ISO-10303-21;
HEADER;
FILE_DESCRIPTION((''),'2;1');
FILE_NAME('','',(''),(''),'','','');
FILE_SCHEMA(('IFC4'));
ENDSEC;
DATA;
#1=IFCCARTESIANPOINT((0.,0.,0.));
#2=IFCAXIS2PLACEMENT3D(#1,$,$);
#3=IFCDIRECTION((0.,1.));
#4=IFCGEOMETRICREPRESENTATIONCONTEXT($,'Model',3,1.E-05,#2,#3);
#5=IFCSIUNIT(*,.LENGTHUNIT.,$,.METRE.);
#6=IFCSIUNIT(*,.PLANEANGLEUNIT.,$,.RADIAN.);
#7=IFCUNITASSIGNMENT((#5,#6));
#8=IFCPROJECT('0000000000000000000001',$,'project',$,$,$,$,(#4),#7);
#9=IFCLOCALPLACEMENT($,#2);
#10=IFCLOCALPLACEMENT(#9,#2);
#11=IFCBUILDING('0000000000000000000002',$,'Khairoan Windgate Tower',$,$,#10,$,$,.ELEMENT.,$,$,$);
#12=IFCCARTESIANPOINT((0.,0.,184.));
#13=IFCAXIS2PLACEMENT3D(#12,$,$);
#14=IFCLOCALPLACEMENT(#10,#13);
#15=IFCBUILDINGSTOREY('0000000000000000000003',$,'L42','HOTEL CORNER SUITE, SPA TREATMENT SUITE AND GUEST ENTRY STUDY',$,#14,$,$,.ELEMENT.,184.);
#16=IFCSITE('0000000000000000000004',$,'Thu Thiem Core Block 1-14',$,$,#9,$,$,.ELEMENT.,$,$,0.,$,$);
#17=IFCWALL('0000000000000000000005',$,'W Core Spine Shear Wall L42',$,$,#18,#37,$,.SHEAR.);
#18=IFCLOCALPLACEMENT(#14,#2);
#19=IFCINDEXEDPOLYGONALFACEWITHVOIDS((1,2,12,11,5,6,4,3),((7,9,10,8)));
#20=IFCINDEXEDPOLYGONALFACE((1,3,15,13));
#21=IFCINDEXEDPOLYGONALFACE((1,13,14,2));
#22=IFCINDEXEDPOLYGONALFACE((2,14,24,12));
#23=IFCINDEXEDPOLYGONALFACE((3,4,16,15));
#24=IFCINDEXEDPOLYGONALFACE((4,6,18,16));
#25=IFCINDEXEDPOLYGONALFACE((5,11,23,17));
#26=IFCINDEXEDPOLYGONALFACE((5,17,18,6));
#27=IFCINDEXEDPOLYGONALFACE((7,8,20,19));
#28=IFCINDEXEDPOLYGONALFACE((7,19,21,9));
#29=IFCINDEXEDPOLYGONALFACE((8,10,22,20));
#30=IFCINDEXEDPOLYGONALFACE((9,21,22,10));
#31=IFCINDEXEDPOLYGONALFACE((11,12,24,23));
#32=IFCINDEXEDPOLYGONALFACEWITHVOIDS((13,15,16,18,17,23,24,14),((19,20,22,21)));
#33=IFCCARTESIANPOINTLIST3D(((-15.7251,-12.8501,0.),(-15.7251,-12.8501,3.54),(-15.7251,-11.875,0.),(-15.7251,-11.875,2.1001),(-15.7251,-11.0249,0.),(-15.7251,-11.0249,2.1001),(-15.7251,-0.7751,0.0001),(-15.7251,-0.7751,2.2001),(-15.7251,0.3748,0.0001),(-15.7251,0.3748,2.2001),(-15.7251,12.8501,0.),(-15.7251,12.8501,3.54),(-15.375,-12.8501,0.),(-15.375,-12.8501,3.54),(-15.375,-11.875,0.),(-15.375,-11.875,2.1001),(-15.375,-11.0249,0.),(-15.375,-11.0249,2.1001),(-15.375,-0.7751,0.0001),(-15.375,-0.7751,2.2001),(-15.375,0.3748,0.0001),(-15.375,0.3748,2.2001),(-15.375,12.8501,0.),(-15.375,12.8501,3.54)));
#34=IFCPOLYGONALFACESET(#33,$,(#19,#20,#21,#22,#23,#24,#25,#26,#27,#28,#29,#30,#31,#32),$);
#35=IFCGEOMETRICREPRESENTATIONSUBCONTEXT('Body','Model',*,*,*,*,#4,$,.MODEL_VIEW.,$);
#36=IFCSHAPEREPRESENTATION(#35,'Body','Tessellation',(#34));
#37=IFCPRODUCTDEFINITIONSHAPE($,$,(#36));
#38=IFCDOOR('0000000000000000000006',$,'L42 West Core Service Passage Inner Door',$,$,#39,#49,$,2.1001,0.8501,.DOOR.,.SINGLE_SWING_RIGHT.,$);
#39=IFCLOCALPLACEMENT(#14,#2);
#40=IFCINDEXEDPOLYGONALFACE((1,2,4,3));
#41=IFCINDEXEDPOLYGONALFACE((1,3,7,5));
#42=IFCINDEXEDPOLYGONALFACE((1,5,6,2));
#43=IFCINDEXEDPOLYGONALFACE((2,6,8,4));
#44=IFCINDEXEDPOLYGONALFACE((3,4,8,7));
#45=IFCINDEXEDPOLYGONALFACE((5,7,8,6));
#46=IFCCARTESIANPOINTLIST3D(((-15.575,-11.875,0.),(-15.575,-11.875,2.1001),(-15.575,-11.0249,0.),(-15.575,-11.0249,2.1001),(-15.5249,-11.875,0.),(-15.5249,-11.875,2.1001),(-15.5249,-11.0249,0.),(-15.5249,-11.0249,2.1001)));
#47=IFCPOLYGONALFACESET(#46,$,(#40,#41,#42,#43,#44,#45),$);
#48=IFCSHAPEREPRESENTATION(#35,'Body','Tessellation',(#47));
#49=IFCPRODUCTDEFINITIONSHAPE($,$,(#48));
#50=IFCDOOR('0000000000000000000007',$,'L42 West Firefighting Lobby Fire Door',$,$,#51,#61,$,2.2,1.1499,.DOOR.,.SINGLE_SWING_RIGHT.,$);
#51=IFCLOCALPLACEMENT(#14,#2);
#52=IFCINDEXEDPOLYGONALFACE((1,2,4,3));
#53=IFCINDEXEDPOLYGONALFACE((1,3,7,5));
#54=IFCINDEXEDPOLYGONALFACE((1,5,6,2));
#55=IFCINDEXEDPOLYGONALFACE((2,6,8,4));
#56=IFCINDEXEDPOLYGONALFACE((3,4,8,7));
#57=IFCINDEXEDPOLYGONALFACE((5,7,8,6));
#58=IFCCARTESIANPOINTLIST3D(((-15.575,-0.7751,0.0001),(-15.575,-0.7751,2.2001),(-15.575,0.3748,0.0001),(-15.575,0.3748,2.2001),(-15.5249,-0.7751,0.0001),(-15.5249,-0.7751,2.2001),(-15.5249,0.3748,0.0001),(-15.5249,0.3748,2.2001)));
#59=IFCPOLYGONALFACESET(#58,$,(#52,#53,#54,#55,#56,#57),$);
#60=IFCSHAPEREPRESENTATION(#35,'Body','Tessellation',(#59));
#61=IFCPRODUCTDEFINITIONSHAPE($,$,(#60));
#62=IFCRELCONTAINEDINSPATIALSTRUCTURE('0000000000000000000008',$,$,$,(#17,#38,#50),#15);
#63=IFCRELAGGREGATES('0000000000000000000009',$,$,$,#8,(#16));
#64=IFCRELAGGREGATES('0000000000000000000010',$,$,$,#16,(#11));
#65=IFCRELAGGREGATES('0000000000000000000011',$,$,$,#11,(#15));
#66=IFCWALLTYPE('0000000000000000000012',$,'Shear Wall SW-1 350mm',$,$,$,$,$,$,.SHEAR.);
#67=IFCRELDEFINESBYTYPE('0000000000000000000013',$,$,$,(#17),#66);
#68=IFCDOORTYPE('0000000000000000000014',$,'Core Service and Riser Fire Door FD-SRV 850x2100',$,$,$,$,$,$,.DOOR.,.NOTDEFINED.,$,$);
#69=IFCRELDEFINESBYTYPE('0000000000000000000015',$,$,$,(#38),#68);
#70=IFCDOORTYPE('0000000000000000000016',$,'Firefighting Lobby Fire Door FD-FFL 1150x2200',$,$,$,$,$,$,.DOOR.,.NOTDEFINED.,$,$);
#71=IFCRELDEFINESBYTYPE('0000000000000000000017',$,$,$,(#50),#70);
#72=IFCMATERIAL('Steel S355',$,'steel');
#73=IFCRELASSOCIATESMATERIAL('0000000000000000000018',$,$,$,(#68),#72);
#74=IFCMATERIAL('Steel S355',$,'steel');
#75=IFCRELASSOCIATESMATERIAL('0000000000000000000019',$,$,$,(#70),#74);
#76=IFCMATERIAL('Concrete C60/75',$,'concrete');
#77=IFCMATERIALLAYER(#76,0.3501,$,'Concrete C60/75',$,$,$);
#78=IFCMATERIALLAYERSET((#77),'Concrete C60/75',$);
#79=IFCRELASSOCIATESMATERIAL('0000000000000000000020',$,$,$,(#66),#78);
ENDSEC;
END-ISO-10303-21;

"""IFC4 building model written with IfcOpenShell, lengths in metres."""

from ifc_helpers import new_model, si_unit, direction, frame, frame_2d, origin, place, context, subcontext, project, spatial, rectangle, extrude, material, layer, layer_set, type_object, element, fill, save


model = new_model("IFC4")

# Units and contexts
model_context = context("Model", 3, precision=1e-05, world=origin(), true_north=direction((0.0, 1.0)))
body_context = subcontext(model_context, "Body", "Model", "MODEL_VIEW")
ifc_project = project(units=[si_unit("LENGTHUNIT", "METRE"), si_unit("PLANEANGLEUNIT", "RADIAN")], contexts=[model_context])

# Site, building, storey
site_placement = place(None, origin())
site = spatial("IfcSite", under=ifc_project, at=site_placement, Name="Thu Thiem Core Block 1-14", CompositionType="ELEMENT", RefElevation=0.0)
building_placement = place(site_placement, origin())
building = spatial("IfcBuilding", under=site, at=building_placement, Name="Khairoan Windgate Tower", CompositionType="ELEMENT")
storey_placement = place(building_placement, frame((0.0, 0.0, 184.0)))
storey = spatial("IfcBuildingStorey", under=building, at=storey_placement, Name="L42", Description="HOTEL CORNER SUITE, SPA TREATMENT SUITE AND GUEST ENTRY STUDY", CompositionType="ELEMENT", Elevation=184.0)

# Wall, openings, doors
ifc_material_1 = material(Name="Steel S355", Category="steel")
door_type_1 = type_object("IfcDoorType", Name="Core Service and Riser Fire Door FD-SRV 850x2100", OperationType="NOTDEFINED", PredefinedType="DOOR", material=ifc_material_1)
ifc_material_2 = material(Name="Steel S355", Category="steel")
door_type_2 = type_object("IfcDoorType", Name="Firefighting Lobby Fire Door FD-FFL 1150x2200", OperationType="NOTDEFINED", PredefinedType="DOOR", material=ifc_material_2)
ifc_material_3 = material(Name="Concrete C60/75", Category="concrete")
ifc_layer_1 = layer(ifc_material_3, 0.3501, Name="Concrete C60/75")
ifc_layer_set_1 = layer_set([ifc_layer_1], Name="Concrete C60/75")
wall_type_1 = type_object("IfcWallType", Name="Shear Wall SW-1 350mm", PredefinedType="SHEAR", material=ifc_layer_set_1)
wall_1_placement = place(storey_placement, frame((-15.55, -12.8501, 0.0), z_axis=(0.0, 0.0, 1.0), x_axis=(0.0, 1.0, 0.0)))
wall_1 = element("IfcWall", 1, at=wall_1_placement, inside=storey, type_object=wall_type_1, Name="W Core Spine Shear Wall L42", PredefinedType="SHEAR", context=body_context, shape_type="SweptSolid", body=[
    extrude(rectangle(XDim=25.7002, YDim=0.3501, at=frame_2d((12.8501, 0.0))), origin(), (0.0, 0.0, 1.0), 3.54),
])
opening_1_placement = place(wall_1_placement, frame((12.075, 0.0, 0.0)))
opening_1 = element("IfcOpeningElement", 2, at=opening_1_placement, cuts=wall_1, PredefinedType="OPENING", context=body_context, shape_type="SweptSolid", body=[
    extrude(rectangle(XDim=1.1499, YDim=2.2, at=frame_2d((0.575, 1.1001))), frame((0.0, 0.1851, 0.0), z_axis=(0.0, -1.0, 0.0), x_axis=(1.0, 0.0, 0.0)), (0.0, 0.0, 1.0), 0.3701),
])
opening_2_placement = place(wall_1_placement, frame((0.9751, 0.0, 0.0)))
opening_2 = element("IfcOpeningElement", 3, at=opening_2_placement, cuts=wall_1, PredefinedType="OPENING", context=body_context, shape_type="SweptSolid", body=[
    extrude(rectangle(XDim=0.8501, YDim=2.1001, at=frame_2d((0.425, 1.05))), frame((0.0, 0.1851, 0.0), z_axis=(0.0, -1.0, 0.0), x_axis=(1.0, 0.0, 0.0)), (0.0, 0.0, 1.0), 0.3701),
])
door_1_placement = place(opening_2_placement, origin())
door_1 = element("IfcDoor", 4, at=door_1_placement, inside=storey, type_object=door_type_1, Name="L42 West Core Service Passage Inner Door", OperationType="SINGLE_SWING_RIGHT", OverallHeight=2.1001, OverallWidth=0.8501, PredefinedType="DOOR", context=body_context, shape_type="SweptSolid", body=[
    extrude(rectangle(XDim=0.8501, YDim=2.1001, at=frame_2d((0.425, 1.05))), frame((0.0, 0.0249, 0.0), z_axis=(0.0, -1.0, 0.0), x_axis=(1.0, 0.0, 0.0)), (0.0, 0.0, 1.0), 0.05),
])
fill(opening_2, door_1)
door_2_placement = place(opening_1_placement, origin())
door_2 = element("IfcDoor", 5, at=door_2_placement, inside=storey, type_object=door_type_2, Name="L42 West Firefighting Lobby Fire Door", OperationType="SINGLE_SWING_RIGHT", OverallHeight=2.2, OverallWidth=1.1499, PredefinedType="DOOR", context=body_context, shape_type="SweptSolid", body=[
    extrude(rectangle(XDim=1.1499, YDim=2.2, at=frame_2d((0.575, 1.1001))), frame((0.0, 0.0249, 0.0), z_axis=(0.0, -1.0, 0.0), x_axis=(1.0, 0.0, 0.0)), (0.0, 0.0, 1.0), 0.05),
])
fill(opening_1, door_2)

save(model, "model.ifc")
